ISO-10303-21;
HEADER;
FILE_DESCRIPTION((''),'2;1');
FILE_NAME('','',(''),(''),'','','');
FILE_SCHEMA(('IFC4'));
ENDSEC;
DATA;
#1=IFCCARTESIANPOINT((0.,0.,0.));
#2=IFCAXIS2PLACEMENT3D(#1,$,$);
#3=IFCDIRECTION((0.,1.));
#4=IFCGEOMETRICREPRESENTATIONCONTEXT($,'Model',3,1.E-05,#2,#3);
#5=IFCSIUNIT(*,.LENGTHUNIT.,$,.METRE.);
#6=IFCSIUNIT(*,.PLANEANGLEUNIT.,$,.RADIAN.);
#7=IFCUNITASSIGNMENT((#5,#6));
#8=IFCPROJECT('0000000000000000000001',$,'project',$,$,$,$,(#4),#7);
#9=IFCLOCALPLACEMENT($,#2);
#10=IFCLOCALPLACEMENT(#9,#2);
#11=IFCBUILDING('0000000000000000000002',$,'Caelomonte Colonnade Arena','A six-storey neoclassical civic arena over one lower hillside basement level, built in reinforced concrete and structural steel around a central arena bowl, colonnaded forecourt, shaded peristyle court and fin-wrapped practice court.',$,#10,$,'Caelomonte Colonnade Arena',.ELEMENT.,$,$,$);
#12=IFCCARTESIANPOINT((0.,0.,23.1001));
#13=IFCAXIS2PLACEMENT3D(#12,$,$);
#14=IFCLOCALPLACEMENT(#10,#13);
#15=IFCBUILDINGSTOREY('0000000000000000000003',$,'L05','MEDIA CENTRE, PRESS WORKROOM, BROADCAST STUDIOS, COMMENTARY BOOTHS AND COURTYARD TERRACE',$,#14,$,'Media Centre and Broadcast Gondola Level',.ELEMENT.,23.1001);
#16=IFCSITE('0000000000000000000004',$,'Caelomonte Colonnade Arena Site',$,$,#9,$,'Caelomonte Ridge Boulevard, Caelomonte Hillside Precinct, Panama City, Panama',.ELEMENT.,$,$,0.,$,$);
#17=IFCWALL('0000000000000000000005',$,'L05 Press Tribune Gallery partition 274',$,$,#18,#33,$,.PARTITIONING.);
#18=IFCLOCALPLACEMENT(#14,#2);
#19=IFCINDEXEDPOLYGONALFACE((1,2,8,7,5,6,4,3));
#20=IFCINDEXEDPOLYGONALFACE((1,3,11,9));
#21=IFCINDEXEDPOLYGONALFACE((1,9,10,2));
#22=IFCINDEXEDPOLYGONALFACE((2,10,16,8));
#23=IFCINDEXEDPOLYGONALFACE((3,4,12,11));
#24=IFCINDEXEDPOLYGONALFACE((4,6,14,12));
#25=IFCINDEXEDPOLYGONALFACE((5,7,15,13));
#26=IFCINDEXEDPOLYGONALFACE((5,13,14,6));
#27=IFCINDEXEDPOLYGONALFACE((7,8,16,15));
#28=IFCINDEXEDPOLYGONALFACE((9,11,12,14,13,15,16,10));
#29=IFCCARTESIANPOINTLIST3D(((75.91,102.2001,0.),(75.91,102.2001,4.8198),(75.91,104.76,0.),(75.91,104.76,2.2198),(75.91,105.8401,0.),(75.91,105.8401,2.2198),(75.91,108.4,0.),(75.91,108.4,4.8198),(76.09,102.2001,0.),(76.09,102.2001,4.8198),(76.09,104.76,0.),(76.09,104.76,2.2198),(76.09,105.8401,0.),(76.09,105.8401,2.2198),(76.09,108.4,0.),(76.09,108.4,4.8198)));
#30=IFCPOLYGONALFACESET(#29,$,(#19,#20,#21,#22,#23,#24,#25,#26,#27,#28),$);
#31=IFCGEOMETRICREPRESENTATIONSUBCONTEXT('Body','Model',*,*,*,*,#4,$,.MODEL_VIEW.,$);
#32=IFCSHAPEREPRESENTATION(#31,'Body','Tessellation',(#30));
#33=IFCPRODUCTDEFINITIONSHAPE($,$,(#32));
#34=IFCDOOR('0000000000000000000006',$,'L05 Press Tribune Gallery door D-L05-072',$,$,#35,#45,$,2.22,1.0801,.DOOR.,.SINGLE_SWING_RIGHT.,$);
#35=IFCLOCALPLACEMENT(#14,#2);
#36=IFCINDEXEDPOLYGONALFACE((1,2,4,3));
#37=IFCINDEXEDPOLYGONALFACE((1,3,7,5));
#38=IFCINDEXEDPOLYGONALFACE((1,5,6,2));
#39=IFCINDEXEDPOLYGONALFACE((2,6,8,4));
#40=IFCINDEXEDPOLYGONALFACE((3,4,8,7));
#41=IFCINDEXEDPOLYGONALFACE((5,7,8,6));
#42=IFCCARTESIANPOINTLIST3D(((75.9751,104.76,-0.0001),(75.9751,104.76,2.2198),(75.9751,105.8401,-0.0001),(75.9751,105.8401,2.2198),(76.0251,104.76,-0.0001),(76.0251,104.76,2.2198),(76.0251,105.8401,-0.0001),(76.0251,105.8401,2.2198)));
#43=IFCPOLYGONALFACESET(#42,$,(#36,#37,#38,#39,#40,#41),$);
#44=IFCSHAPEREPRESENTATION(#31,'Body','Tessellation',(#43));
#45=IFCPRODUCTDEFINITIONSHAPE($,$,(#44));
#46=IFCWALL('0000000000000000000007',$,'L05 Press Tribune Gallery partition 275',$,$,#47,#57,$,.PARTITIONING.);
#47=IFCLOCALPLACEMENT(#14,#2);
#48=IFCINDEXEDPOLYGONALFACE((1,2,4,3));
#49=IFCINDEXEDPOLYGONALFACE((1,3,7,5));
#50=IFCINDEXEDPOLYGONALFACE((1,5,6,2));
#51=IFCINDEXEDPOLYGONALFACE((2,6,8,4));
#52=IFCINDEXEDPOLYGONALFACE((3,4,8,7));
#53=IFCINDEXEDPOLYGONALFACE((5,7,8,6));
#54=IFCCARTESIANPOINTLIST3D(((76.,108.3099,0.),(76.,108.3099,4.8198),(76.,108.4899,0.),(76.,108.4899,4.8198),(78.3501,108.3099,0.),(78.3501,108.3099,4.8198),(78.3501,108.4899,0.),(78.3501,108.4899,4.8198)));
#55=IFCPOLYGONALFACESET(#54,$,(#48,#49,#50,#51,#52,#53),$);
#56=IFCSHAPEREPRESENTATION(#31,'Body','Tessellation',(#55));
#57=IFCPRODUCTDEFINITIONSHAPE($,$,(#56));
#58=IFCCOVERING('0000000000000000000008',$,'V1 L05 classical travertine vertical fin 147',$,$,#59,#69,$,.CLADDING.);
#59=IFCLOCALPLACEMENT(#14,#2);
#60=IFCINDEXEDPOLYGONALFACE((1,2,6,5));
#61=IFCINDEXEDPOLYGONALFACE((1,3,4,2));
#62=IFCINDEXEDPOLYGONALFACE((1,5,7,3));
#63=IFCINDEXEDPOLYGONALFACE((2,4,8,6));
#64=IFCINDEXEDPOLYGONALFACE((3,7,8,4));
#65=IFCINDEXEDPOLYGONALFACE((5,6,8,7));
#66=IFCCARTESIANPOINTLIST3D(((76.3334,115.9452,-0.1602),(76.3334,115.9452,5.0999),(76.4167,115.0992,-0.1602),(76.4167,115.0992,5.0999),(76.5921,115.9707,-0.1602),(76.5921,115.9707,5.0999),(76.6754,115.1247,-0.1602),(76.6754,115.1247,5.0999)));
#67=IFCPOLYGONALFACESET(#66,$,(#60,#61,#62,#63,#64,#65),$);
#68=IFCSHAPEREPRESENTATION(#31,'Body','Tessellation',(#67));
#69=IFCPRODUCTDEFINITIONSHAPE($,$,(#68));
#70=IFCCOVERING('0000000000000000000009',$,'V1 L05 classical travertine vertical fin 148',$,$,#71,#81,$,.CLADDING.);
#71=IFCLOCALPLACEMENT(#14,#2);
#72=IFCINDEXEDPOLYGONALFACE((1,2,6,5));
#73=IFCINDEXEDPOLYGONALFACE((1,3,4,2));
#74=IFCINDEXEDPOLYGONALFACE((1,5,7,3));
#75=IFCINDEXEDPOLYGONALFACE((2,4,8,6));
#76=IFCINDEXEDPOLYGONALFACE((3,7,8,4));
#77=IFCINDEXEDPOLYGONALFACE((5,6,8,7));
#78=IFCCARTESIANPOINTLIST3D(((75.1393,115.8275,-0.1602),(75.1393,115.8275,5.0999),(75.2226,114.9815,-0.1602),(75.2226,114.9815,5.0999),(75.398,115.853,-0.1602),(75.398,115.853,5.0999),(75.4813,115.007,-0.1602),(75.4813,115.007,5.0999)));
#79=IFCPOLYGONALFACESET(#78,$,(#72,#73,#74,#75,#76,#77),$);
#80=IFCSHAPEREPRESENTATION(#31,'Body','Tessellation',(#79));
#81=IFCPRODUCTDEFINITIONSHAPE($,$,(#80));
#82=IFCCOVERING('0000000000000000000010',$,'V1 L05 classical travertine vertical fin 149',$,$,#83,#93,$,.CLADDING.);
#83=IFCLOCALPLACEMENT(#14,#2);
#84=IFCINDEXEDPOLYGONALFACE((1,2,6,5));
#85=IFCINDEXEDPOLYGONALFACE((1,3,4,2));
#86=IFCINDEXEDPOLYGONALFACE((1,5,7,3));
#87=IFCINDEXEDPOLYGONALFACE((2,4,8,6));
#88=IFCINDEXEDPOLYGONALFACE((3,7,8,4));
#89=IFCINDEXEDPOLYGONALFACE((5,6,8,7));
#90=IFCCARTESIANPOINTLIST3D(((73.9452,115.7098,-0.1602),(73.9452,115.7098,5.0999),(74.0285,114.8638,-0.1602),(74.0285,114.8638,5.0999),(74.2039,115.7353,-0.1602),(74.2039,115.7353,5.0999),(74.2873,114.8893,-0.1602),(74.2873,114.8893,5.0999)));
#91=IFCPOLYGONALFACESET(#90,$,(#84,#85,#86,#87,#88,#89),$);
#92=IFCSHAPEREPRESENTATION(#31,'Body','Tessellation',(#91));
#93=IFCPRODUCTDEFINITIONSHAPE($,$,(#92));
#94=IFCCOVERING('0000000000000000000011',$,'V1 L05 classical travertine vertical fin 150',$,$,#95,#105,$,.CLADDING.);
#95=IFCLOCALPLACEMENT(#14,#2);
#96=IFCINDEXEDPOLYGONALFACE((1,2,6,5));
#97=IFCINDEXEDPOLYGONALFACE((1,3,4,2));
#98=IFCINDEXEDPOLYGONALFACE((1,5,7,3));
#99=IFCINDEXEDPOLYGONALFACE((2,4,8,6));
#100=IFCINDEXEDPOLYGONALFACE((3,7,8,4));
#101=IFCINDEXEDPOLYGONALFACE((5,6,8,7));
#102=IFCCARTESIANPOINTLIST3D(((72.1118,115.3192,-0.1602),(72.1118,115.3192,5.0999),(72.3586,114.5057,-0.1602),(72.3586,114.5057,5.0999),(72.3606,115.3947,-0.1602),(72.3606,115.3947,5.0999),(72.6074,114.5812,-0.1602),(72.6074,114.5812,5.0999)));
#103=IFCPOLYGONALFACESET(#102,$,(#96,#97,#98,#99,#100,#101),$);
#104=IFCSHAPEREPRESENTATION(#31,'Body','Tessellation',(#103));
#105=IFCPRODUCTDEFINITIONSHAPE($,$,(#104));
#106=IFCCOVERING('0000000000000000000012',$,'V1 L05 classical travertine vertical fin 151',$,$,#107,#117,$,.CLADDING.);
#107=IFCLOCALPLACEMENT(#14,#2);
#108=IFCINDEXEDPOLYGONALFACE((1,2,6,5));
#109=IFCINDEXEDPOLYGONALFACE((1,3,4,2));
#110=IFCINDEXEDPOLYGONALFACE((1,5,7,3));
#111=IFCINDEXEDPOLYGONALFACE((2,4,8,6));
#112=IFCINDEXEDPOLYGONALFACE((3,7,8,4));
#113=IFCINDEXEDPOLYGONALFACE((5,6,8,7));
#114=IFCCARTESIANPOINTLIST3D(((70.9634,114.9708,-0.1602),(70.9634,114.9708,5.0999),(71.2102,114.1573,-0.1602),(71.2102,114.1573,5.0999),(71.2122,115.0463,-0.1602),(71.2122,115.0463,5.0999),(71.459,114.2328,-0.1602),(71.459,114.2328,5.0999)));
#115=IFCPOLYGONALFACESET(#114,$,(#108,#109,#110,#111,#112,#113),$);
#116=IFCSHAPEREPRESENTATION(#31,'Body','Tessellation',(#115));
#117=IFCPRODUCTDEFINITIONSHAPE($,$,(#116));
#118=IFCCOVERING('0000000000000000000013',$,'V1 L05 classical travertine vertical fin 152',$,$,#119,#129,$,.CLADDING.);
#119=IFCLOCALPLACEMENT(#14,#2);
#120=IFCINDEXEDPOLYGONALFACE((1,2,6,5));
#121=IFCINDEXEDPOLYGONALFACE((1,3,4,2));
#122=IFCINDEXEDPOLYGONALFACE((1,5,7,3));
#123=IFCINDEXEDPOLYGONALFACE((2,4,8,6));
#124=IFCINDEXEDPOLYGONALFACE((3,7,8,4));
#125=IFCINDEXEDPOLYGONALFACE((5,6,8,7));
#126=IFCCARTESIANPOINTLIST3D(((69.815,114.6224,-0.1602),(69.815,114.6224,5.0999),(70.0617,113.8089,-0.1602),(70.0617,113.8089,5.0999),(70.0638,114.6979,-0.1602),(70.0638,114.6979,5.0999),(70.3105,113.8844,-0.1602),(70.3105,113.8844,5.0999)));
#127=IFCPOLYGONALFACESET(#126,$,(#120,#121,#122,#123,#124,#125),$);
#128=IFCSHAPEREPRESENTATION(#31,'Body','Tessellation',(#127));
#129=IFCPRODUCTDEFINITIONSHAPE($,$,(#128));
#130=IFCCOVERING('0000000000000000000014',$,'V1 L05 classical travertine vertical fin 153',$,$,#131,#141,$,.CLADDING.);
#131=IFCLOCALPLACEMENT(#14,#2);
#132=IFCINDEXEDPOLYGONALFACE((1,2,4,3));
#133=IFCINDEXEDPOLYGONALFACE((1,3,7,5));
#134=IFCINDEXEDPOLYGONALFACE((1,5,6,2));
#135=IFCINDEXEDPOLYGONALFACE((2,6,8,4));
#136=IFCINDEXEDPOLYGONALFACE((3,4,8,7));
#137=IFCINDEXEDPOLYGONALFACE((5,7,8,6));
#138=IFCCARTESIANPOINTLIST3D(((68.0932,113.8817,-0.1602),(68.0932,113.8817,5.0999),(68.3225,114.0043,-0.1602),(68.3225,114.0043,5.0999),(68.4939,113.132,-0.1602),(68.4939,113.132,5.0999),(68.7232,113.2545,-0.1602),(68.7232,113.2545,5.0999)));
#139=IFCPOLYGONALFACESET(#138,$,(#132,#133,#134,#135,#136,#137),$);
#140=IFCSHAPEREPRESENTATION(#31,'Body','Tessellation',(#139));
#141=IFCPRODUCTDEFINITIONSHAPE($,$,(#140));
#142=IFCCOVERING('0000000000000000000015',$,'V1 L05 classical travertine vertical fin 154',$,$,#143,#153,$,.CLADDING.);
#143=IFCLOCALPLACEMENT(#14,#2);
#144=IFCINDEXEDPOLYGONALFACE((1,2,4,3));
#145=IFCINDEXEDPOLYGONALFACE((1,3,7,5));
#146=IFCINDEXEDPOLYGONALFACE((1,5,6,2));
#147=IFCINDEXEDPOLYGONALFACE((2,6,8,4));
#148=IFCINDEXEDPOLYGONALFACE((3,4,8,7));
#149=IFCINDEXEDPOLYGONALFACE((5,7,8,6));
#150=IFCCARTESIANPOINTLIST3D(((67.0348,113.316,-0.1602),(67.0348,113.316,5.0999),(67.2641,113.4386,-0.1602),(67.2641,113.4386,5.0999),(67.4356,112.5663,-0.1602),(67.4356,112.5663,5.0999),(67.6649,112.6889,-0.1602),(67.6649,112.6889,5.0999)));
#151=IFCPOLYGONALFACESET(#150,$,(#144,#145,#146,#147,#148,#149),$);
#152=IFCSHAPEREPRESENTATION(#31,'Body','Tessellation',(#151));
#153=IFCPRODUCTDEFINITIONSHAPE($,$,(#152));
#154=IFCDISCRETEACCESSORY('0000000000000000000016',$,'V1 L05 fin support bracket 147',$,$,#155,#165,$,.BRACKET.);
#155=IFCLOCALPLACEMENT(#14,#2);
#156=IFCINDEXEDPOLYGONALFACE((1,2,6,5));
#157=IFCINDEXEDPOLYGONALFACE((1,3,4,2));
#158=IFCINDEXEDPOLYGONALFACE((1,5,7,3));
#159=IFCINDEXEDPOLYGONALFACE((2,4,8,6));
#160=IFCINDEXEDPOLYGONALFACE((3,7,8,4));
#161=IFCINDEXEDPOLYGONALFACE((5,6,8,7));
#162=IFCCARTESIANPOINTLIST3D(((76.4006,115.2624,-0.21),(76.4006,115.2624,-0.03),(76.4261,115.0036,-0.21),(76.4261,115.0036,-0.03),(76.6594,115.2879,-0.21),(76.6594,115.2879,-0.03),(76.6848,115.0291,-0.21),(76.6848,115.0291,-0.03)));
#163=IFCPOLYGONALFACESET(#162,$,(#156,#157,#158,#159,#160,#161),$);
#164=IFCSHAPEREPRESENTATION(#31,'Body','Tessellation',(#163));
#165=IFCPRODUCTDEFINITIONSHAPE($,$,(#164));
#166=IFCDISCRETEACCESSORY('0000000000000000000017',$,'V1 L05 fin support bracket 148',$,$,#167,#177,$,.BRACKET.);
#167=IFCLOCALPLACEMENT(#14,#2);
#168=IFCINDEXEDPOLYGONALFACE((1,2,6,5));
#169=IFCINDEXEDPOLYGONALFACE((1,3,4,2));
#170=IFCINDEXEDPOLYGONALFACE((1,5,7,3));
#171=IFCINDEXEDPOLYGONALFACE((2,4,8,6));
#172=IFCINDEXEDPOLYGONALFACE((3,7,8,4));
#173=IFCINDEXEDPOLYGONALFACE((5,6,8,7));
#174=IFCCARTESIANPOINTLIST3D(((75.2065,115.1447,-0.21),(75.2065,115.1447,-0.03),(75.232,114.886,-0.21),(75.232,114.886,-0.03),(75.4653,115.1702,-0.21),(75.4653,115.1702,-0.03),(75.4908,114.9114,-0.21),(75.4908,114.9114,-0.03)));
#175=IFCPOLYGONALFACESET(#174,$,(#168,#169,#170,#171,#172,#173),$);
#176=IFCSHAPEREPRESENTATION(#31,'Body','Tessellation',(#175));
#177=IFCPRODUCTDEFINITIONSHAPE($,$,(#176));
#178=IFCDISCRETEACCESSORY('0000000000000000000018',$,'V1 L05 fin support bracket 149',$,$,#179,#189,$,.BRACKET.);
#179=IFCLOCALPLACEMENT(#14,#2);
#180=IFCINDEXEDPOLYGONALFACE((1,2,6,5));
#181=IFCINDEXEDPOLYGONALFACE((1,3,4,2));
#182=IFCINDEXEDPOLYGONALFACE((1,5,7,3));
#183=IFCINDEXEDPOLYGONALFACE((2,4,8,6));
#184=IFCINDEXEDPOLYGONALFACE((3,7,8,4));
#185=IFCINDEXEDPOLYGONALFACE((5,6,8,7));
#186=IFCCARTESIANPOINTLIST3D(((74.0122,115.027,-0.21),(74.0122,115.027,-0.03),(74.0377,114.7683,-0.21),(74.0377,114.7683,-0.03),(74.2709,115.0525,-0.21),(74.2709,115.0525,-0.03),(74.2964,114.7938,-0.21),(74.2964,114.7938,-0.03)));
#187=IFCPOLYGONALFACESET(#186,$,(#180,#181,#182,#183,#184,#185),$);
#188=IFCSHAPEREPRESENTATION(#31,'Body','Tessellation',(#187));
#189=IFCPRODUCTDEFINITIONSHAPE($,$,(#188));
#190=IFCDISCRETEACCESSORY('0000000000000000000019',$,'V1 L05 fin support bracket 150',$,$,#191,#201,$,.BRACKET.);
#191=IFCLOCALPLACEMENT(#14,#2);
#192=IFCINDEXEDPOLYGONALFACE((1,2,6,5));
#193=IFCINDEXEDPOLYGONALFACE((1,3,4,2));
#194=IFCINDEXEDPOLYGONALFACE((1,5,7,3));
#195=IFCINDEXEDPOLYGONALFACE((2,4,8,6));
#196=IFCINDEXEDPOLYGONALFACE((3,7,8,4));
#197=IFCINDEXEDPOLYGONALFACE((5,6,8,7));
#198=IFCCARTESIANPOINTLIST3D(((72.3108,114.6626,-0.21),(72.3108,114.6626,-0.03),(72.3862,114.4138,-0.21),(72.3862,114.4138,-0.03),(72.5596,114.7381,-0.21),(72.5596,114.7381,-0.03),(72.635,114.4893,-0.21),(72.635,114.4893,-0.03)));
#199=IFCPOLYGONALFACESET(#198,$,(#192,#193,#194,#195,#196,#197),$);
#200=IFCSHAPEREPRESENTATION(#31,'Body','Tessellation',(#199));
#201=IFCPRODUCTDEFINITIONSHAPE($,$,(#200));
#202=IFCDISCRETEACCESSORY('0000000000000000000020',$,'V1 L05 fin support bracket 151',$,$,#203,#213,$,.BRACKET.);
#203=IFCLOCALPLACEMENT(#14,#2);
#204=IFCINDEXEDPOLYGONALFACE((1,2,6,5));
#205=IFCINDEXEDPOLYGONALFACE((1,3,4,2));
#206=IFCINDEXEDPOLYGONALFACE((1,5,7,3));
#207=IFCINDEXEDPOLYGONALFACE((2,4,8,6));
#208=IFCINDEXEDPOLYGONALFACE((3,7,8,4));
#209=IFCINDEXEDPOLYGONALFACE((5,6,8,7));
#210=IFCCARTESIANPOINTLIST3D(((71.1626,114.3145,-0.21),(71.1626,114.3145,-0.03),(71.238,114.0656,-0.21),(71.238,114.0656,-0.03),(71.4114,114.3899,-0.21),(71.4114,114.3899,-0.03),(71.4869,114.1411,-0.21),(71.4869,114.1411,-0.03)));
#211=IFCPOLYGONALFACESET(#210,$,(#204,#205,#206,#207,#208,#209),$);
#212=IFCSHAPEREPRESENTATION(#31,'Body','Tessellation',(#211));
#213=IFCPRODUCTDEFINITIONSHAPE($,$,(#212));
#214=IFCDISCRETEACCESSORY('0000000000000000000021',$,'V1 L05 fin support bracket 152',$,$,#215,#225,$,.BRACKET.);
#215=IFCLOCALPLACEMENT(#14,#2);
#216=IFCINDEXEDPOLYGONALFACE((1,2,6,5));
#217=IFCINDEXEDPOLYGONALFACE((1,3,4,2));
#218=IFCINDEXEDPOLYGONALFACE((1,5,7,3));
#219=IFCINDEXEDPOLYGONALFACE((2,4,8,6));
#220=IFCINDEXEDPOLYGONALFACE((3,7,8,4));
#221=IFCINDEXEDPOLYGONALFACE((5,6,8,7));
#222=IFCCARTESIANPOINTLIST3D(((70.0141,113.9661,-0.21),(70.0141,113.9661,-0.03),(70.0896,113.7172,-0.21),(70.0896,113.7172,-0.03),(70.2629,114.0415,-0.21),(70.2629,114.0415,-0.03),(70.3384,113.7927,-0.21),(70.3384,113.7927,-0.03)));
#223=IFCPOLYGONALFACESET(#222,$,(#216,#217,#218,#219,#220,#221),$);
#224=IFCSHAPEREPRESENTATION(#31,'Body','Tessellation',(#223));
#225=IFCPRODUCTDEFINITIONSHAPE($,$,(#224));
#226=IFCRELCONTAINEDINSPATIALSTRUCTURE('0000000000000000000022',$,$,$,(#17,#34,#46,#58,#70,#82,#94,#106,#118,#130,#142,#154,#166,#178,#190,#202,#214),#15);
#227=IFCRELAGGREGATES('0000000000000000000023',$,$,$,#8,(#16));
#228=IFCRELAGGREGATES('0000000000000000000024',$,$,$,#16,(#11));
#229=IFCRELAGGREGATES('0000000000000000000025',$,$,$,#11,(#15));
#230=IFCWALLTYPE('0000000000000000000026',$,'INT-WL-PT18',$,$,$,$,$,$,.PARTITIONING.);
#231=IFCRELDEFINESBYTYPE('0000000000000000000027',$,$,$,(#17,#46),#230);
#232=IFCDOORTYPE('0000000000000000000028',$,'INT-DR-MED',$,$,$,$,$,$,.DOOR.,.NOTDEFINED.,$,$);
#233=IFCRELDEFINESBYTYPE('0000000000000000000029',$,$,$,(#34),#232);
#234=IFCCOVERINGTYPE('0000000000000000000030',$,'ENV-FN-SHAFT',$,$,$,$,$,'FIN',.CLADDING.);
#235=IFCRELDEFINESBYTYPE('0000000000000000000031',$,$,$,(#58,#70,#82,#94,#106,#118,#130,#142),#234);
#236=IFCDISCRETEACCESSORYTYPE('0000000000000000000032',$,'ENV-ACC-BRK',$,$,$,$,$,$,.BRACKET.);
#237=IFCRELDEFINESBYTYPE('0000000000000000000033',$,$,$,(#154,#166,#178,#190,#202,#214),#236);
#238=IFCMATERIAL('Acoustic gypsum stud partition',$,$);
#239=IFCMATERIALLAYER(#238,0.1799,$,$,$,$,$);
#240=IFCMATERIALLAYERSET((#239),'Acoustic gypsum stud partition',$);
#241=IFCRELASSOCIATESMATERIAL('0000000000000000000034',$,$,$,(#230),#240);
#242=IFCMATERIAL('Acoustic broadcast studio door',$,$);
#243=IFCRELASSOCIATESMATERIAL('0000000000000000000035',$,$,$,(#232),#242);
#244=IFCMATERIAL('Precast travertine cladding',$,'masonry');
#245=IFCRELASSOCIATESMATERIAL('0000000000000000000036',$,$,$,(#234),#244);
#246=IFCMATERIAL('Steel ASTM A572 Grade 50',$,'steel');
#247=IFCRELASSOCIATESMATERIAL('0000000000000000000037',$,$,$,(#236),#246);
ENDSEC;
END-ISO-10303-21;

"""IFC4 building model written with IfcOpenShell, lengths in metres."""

from ifc_helpers import new_model, si_unit, direction, frame, frame_2d, origin, origin_2d, place, context, subcontext, project, spatial, rectangle, extrude, material, layer, layer_set, material_profile, profile_set, type_object, element, fill, save


model = new_model("IFC4")

# Units and contexts
model_context = context("Model", 3, precision=1e-05, world=origin(), true_north=direction((0.0, 1.0)))
body_context = subcontext(model_context, "Body", "Model", "MODEL_VIEW")
ifc_project = project(units=[si_unit("LENGTHUNIT", "METRE"), si_unit("PLANEANGLEUNIT", "RADIAN")], contexts=[model_context])

# Site, building, storey
site_placement = place(None, origin())
site = spatial("IfcSite", under=ifc_project, at=site_placement, Name="Caelomonte Colonnade Arena Site", LongName="Caelomonte Ridge Boulevard, Caelomonte Hillside Precinct, Panama City, Panama", CompositionType="ELEMENT", RefElevation=0.0)
building_placement = place(site_placement, origin())
building = spatial("IfcBuilding", under=site, at=building_placement, Name="Caelomonte Colonnade Arena", Description="A six-storey neoclassical civic arena over one lower hillside basement level, built in reinforced concrete and structural steel around a central arena bowl, colonnaded forecourt, shaded peristyle court and fin-wrapped practice court.", LongName="Caelomonte Colonnade Arena", CompositionType="ELEMENT")
storey_placement = place(building_placement, frame((0.0, 0.0, 23.1001)))
storey = spatial("IfcBuildingStorey", under=building, at=storey_placement, Name="L05", Description="MEDIA CENTRE, PRESS WORKROOM, BROADCAST STUDIOS, COMMENTARY BOOTHS AND COURTYARD TERRACE", LongName="Media Centre and Broadcast Gondola Level", CompositionType="ELEMENT", Elevation=23.1001)

# Shared definitions
ifc_material_1 = material(Name="Acoustic gypsum stud partition")
ifc_layer_1 = layer(ifc_material_1, 0.1799)
ifc_layer_set_1 = layer_set([ifc_layer_1], Name="Acoustic gypsum stud partition")
wall_type_1 = type_object("IfcWallType", Name="INT-WL-PT18", PredefinedType="PARTITIONING", material=ifc_layer_set_1)

# Wall, opening, door
wall_1_placement = place(storey_placement, frame((76.0, 102.2, 0.0), z_axis=(0.0, 0.0, 1.0), x_axis=(0.0, 1.0, 0.0)))
wall_1 = element("IfcWall", 1, at=wall_1_placement, inside=storey, type_object=wall_type_1, Name="L05 Press Tribune Gallery partition 274", PredefinedType="PARTITIONING", context=body_context, shape_type="SweptSolid", body=[
    extrude(rectangle(XDim=6.2, YDim=0.1799, at=frame_2d((3.1001, 0.0))), origin(), (0.0, 0.0, 1.0), 4.8198),
])
opening_1_placement = place(wall_1_placement, frame((2.5601, 0.0, 0.0), z_axis=(0.0, 0.0, 1.0), x_axis=(1.0, 0.0, 0.0)))
opening_1 = element("IfcOpeningElement", 2, at=opening_1_placement, cuts=wall_1, PredefinedType="OPENING", context=body_context, shape_type="SweptSolid", body=[
    extrude(rectangle(XDim=1.0801, YDim=2.22, at=frame_2d((0.54, 1.1099))), frame((0.0, 0.0999, 0.0), z_axis=(0.0, -1.0, 0.0), x_axis=(1.0, 0.0, 0.0)), (0.0, 0.0, 1.0), 0.2),
])
ifc_material_2 = material(Name="Acoustic broadcast studio door")
door_type = type_object("IfcDoorType", Name="INT-DR-MED", OperationType="NOTDEFINED", PredefinedType="DOOR", material=ifc_material_2)
door_placement = place(opening_1_placement, origin())
door = element("IfcDoor", 3, at=door_placement, inside=storey, type_object=door_type, Name="L05 Press Tribune Gallery door D-L05-072", OperationType="SINGLE_SWING_RIGHT", OverallHeight=2.22, OverallWidth=1.0801, PredefinedType="DOOR", context=body_context, shape_type="SweptSolid", body=[
    extrude(rectangle(XDim=1.0801, YDim=2.22, at=frame_2d((0.54, 1.1099))), frame((0.0, 0.0249, 0.0), z_axis=(0.0, -1.0, 0.0), x_axis=(1.0, 0.0, 0.0)), (0.0, 0.0, 1.0), 0.05),
])
fill(opening_1, door)

# Wall
wall_2_placement = place(storey_placement, frame((76.0, 108.3999, 0.0), z_axis=(0.0, 0.0, 1.0), x_axis=(1.0, 0.0, 0.0)))
element("IfcWall", 4, at=wall_2_placement, inside=storey, type_object=wall_type_1, Name="L05 Press Tribune Gallery partition 275", PredefinedType="PARTITIONING", context=body_context, shape_type="SweptSolid", body=[
    extrude(rectangle(XDim=2.3501, YDim=0.1799, at=frame_2d((1.175, 0.0))), origin(), (0.0, 0.0, 1.0), 4.8198),
])

# Coverings
ifc_material_3 = material(Name="Precast travertine cladding", Category="masonry")
ifc_material_profile_1 = material_profile(ifc_material_3, rectangle(XDim=0.26, YDim=0.8501, at=origin_2d()), Name="FIN260X850")
ifc_profile_set_1 = profile_set([ifc_material_profile_1], Name="Precast travertine cladding")
covering_type = type_object("IfcCoveringType", Name="ENV-FN-SHAFT", ElementType="FIN", PredefinedType="CLADDING", material=ifc_profile_set_1)
for number, where, z_axis, x_axis, name in (
    (5, (76.5044, 115.5349, -0.1602), (0.0, 0.0, 1.0), (0.995185, 0.098015, 0.0), "V1 L05 classical travertine vertical fin 147"),
    (6, (75.3103, 115.4172, -0.1602), (0.0, 0.0, 1.0), (0.995185, 0.098015, 0.0), "V1 L05 classical travertine vertical fin 148"),
    (7, (74.1162, 115.2996, -0.1602), (0.0, 0.0, 1.0), (0.995185, 0.098015, 0.0), "V1 L05 classical travertine vertical fin 149"),
    (8, (72.3596, 114.9502, -0.1602), (0.0, 0.0, 1.0), (0.956943, 0.290276, 0.0), "V1 L05 classical travertine vertical fin 150"),
    (9, (71.2112, 114.6018, -0.1602), (0.0, 0.0, 1.0), (0.956943, 0.290276, 0.0), "V1 L05 classical travertine vertical fin 151"),
    (10, (70.0627, 114.2534, -0.1602), (0.0, 0.0, 1.0), (0.956943, 0.290276, 0.0), "V1 L05 classical travertine vertical fin 152"),
    (11, (68.4082, 113.5681, -0.1602), (0.0, 0.0, 1.0), (0.881921, 0.471397, 0.0), "V1 L05 classical travertine vertical fin 153"),
    (12, (67.3499, 113.0024, -0.1602), (0.0, 0.0, 1.0), (0.881921, 0.471397, 0.0), "V1 L05 classical travertine vertical fin 154"),
):
    element("IfcCovering", number, at=place(storey_placement, frame(where, z_axis=z_axis, x_axis=x_axis)), inside=storey, type_object=covering_type, Name=name, PredefinedType="CLADDING", context=body_context, shape_type="SweptSolid", body=[
        extrude(rectangle(XDim=0.26, YDim=0.8501, at=origin_2d()), origin(), (0.0, 0.0, 1.0), 5.26),
    ])

# Discrete accessories
ifc_material_4 = material(Name="Steel ASTM A572 Grade 50", Category="steel")
discrete_accessory_type = type_object("IfcDiscreteAccessoryType", Name="ENV-ACC-BRK", PredefinedType="BRACKET", material=ifc_material_4)
for number, where, z_axis, x_axis, name in (
    (13, (76.5427, 115.1458, -0.21), (0.0, 0.0, 1.0), (-0.995185, -0.098015, 0.0), "V1 L05 fin support bracket 147"),
    (14, (75.3486, 115.0281, -0.21), (0.0, 0.0, 1.0), (-0.995185, -0.098015, 0.0), "V1 L05 fin support bracket 148"),
    (15, (74.1543, 114.9104, -0.21), (0.0, 0.0, 1.0), (-0.995185, -0.098015, 0.0), "V1 L05 fin support bracket 149"),
    (16, (72.4729, 114.5759, -0.21), (0.0, 0.0, 1.0), (-0.956943, -0.290276, 0.0), "V1 L05 fin support bracket 150"),
    (17, (71.3247, 114.2278, -0.21), (0.0, 0.0, 1.0), (-0.956943, -0.290276, 0.0), "V1 L05 fin support bracket 151"),
    (18, (70.1763, 113.8794, -0.21), (0.0, 0.0, 1.0), (-0.956943, -0.290276, 0.0), "V1 L05 fin support bracket 152"),
):
    element("IfcDiscreteAccessory", number, at=place(storey_placement, frame(where, z_axis=z_axis, x_axis=x_axis)), inside=storey, type_object=discrete_accessory_type, Name=name, PredefinedType="BRACKET", context=body_context, shape_type="SweptSolid", body=[
        extrude(rectangle(XDim=0.26, YDim=0.26, at=origin_2d()), origin(), (0.0, 0.0, 1.0), 0.1799),
    ])

save(model, "model.ifc")
